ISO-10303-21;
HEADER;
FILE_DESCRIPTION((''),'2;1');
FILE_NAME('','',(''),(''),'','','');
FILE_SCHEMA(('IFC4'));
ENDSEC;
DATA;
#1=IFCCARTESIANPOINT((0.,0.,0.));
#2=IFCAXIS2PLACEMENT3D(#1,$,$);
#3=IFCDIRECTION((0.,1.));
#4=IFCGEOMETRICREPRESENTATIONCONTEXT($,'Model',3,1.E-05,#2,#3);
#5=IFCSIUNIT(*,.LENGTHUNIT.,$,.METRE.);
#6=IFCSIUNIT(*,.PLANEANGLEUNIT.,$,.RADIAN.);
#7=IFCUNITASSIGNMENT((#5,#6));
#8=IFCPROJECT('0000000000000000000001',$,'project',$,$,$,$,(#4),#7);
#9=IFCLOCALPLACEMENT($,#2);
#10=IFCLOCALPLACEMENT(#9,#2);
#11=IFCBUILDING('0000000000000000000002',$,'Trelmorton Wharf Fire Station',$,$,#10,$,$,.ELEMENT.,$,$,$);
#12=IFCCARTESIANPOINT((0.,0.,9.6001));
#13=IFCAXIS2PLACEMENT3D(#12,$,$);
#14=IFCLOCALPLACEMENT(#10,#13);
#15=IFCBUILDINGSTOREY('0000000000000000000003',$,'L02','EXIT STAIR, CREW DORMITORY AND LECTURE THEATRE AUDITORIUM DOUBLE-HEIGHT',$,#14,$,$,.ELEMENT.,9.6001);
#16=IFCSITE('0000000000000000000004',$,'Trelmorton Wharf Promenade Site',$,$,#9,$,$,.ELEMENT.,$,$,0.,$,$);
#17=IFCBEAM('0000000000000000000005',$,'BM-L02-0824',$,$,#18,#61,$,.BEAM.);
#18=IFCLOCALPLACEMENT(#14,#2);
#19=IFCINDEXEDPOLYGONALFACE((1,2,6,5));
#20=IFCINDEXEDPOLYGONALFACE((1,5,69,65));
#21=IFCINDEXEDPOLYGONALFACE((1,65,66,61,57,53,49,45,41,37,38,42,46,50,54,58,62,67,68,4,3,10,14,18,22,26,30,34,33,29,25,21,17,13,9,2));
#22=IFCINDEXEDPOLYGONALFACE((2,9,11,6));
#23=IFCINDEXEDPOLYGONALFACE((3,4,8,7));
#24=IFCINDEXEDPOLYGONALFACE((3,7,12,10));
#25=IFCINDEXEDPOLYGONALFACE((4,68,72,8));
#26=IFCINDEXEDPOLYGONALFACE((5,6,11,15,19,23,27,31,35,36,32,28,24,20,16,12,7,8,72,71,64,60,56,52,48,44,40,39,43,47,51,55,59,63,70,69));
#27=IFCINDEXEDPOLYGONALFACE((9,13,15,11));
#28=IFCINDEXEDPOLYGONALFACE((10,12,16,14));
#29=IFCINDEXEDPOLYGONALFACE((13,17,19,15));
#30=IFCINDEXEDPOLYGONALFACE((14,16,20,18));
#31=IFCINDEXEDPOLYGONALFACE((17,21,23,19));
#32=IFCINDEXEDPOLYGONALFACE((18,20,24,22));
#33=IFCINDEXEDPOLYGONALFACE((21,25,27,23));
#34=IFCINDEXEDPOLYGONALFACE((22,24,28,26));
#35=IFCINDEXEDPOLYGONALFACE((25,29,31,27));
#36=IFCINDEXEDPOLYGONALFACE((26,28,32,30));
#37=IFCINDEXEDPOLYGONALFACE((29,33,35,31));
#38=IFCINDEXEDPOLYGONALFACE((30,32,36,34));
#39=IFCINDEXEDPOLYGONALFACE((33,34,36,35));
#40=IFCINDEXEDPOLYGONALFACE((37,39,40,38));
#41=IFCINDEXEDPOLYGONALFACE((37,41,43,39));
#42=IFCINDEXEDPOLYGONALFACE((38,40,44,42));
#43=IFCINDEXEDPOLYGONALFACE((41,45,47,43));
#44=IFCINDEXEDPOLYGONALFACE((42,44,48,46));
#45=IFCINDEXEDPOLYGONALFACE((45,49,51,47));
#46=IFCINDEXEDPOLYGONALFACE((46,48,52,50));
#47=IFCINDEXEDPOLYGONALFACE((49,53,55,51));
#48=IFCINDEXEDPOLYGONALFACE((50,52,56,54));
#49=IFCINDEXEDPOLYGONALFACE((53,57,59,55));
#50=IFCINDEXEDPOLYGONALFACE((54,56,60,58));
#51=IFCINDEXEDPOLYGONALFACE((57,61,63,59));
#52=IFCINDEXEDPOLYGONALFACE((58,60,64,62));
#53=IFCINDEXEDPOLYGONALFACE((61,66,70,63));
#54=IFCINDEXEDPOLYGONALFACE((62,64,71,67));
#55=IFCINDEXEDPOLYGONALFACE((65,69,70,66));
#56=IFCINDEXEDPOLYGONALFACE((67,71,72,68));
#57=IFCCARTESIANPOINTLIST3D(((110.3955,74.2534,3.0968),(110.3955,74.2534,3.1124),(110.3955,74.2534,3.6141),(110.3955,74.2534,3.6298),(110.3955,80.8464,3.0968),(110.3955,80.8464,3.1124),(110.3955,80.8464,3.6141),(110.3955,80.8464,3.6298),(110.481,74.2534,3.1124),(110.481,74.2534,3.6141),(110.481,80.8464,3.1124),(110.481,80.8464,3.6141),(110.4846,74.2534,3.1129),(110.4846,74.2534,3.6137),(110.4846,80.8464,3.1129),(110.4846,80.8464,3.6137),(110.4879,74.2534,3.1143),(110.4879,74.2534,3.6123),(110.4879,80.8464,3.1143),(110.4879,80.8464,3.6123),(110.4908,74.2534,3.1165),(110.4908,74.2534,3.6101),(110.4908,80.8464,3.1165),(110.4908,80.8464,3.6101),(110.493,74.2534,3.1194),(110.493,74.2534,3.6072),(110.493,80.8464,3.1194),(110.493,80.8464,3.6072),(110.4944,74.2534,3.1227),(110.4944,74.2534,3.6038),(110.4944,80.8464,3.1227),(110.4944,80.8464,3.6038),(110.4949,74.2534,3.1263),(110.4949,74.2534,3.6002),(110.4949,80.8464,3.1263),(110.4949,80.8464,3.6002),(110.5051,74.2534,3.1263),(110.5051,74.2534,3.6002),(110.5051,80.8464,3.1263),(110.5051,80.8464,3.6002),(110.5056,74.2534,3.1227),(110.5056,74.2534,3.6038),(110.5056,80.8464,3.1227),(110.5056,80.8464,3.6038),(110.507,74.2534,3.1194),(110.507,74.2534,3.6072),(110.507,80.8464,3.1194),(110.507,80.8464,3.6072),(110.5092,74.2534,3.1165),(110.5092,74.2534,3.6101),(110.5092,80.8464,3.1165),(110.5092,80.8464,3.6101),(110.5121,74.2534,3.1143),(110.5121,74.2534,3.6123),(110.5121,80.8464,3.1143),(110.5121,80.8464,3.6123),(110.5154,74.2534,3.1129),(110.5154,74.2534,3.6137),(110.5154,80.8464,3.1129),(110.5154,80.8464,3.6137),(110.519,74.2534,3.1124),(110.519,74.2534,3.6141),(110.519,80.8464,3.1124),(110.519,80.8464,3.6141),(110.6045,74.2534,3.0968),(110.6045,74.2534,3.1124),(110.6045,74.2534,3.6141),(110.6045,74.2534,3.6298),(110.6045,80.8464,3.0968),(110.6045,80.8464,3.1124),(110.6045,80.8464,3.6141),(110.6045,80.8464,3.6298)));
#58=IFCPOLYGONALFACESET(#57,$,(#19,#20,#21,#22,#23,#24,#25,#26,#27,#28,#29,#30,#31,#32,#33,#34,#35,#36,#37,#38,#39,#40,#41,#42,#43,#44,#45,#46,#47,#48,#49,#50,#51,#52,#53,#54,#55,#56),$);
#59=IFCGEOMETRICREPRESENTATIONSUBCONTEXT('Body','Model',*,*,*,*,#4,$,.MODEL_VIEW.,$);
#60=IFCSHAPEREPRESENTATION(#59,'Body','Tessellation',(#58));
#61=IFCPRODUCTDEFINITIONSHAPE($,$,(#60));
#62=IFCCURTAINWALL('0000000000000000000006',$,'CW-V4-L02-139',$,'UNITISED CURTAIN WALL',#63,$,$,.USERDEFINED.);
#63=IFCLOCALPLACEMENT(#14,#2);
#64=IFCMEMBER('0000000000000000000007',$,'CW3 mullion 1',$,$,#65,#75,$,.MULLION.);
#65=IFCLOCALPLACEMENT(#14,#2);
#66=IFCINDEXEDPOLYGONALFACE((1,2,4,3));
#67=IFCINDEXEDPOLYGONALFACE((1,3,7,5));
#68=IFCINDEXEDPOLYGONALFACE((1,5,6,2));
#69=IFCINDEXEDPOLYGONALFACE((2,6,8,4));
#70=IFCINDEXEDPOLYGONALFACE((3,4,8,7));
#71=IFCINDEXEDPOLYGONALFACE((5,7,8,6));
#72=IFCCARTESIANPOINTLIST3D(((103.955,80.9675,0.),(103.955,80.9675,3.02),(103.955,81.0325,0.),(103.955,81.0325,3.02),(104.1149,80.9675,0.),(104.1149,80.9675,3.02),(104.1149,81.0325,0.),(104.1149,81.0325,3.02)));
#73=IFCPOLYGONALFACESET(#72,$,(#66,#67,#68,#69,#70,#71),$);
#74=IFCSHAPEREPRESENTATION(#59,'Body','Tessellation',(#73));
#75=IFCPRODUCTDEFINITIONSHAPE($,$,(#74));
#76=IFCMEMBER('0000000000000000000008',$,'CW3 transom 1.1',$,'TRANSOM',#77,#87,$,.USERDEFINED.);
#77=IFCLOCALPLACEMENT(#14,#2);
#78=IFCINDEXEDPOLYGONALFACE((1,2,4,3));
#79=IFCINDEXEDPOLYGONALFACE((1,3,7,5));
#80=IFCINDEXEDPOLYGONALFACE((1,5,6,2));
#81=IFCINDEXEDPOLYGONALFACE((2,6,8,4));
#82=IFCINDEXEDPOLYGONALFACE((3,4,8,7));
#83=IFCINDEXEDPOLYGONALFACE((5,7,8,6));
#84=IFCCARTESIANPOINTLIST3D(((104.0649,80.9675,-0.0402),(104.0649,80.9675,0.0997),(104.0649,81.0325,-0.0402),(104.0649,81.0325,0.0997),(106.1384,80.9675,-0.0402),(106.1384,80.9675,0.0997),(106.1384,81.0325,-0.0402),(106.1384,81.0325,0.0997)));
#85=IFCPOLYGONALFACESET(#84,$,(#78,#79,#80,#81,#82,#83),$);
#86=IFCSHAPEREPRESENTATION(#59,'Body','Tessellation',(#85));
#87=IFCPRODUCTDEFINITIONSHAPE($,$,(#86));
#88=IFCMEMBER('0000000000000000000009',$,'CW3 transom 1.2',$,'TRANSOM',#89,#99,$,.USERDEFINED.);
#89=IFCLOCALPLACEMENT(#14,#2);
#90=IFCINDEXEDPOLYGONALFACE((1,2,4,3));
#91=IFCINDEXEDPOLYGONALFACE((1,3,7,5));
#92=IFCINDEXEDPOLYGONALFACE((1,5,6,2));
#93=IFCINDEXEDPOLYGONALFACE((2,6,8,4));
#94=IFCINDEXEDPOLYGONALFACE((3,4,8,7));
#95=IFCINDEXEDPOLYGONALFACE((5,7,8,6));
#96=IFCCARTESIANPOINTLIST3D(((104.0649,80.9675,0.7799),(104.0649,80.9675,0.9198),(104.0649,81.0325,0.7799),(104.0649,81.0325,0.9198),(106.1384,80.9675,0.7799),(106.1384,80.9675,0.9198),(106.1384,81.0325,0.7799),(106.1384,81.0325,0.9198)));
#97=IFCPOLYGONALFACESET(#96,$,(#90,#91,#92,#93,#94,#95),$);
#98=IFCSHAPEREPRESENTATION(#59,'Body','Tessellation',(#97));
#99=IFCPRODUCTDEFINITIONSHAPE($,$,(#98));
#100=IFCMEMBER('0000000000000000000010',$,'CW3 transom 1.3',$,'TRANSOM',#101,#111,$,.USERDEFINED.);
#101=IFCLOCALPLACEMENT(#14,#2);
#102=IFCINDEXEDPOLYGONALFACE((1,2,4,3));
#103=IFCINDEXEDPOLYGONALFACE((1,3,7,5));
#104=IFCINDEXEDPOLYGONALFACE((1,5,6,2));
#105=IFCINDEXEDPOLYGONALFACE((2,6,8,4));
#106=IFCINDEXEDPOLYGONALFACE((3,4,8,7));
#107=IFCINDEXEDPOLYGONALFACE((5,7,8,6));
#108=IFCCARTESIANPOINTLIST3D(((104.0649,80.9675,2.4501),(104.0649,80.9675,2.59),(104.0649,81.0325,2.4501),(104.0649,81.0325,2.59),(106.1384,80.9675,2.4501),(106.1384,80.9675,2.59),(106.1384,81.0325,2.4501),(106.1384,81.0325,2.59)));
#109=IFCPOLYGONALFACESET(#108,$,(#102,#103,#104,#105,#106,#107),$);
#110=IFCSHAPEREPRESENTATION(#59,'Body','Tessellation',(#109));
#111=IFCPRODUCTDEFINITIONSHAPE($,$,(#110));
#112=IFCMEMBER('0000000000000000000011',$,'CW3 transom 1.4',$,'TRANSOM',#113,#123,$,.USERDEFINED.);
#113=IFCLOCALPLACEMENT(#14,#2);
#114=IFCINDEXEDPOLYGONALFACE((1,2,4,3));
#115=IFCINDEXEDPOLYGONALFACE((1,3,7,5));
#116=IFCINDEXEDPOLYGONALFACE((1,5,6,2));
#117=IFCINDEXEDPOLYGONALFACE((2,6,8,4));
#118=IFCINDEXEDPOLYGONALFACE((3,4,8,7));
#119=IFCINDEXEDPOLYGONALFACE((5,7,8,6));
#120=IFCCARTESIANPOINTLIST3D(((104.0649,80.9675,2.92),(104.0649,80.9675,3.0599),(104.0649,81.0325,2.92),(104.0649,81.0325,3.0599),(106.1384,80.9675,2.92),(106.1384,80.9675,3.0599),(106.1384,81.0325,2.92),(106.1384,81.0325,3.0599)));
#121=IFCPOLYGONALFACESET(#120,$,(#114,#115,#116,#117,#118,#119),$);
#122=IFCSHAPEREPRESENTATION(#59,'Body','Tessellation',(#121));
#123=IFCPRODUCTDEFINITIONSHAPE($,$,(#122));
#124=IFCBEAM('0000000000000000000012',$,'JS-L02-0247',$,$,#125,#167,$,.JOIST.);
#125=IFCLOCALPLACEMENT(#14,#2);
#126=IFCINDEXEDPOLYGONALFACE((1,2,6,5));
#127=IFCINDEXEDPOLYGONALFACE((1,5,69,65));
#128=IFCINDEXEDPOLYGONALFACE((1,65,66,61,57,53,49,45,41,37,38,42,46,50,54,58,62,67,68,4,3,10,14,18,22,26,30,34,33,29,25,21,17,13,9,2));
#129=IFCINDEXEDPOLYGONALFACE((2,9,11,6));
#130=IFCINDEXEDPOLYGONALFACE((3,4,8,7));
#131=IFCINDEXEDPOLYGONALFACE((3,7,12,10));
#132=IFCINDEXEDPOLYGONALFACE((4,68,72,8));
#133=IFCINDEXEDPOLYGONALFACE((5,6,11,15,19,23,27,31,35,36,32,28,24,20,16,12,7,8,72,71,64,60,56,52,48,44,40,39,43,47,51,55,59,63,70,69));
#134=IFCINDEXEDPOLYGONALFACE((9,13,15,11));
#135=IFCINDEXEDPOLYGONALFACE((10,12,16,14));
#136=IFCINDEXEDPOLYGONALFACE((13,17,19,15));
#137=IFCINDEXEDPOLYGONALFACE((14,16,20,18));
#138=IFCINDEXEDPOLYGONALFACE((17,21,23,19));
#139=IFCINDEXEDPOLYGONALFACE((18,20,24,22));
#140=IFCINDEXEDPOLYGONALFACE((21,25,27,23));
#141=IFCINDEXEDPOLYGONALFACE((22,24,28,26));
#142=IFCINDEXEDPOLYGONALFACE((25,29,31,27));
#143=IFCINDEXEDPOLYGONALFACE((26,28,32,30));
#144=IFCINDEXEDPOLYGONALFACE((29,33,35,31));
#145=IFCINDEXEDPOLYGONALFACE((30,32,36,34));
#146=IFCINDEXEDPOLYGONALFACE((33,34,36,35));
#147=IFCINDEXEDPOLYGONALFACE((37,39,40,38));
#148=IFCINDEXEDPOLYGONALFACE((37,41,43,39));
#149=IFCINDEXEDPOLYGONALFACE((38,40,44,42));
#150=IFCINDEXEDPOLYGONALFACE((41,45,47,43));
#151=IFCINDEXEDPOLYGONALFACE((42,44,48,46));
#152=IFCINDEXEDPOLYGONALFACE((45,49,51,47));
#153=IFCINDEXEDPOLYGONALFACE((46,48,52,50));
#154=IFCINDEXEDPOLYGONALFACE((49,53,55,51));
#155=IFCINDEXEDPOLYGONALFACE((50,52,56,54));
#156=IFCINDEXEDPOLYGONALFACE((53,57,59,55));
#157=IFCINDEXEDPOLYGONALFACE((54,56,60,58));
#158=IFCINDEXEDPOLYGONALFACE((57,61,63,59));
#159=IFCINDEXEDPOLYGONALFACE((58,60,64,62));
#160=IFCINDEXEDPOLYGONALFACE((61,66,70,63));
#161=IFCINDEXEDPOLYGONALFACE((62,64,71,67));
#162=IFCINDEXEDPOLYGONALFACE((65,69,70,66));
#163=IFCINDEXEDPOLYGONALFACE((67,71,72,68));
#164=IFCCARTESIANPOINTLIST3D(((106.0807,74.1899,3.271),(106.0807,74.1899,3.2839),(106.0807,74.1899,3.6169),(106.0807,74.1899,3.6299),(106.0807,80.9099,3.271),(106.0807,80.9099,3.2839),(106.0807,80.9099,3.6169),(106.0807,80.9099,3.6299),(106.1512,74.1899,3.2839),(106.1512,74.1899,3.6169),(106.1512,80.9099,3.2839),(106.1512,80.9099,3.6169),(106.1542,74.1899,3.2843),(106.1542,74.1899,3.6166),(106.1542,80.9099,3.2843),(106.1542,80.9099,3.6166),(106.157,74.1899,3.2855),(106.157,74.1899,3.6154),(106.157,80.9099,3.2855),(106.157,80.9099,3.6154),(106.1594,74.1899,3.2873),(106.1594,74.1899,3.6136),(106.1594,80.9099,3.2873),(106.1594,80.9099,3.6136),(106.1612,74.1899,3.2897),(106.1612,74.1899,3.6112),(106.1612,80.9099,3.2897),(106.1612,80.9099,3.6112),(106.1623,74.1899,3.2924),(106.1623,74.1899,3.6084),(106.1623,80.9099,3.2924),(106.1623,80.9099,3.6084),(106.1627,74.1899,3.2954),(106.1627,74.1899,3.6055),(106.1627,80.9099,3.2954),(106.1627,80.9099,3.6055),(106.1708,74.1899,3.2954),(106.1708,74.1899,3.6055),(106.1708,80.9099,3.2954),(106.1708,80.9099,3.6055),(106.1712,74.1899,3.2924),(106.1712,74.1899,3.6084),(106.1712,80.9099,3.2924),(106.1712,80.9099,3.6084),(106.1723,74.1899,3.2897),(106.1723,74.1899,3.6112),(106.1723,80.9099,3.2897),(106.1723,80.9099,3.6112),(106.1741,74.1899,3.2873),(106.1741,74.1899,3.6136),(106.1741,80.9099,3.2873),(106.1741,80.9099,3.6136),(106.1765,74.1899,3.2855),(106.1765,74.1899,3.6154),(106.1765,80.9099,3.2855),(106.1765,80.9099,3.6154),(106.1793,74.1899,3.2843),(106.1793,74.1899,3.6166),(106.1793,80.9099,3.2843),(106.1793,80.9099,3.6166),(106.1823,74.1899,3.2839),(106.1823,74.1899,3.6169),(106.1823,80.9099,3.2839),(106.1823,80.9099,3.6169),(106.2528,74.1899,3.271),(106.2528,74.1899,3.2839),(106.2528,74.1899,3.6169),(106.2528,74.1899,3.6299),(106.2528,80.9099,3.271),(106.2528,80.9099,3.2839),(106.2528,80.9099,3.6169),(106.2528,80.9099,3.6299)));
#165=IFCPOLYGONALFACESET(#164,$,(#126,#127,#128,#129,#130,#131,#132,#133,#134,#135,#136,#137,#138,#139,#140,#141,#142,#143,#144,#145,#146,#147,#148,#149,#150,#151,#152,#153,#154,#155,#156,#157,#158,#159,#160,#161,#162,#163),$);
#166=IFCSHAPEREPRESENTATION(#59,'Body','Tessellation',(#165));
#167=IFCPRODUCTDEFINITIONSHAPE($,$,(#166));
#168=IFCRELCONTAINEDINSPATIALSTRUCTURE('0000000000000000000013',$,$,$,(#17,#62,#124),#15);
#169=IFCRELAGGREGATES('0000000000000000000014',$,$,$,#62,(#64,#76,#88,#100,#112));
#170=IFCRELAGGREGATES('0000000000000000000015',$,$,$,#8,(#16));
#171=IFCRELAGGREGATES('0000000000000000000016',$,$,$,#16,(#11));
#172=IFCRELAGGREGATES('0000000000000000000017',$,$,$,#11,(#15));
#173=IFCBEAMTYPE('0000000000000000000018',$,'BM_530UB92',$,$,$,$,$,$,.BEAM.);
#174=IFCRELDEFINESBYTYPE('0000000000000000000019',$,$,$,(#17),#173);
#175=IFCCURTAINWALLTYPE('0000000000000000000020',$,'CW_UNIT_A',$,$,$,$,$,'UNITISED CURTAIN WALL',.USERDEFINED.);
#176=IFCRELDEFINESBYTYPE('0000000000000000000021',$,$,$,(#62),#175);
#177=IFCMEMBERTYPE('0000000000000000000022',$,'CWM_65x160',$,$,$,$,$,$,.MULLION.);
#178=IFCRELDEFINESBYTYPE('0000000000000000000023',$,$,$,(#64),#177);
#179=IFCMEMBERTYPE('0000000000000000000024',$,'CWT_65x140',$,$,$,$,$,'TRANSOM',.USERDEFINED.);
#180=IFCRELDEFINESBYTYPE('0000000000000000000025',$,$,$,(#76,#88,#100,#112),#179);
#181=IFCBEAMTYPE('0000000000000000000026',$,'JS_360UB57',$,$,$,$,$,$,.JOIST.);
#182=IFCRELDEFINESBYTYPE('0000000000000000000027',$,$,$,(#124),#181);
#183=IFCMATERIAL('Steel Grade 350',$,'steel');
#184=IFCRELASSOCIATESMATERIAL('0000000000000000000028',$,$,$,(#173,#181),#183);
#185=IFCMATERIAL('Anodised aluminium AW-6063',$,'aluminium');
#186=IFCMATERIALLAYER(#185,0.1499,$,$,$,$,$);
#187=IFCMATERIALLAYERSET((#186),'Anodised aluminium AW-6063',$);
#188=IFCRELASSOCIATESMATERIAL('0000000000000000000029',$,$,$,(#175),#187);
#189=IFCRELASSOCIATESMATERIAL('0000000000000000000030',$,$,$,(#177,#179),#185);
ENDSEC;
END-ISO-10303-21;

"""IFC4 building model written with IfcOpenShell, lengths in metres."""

from ifc_helpers import new_model, si_unit, direction, frame, origin, origin_2d, place, context, subcontext, project, spatial, rectangle, i_section, extrude, material, layer, layer_set, material_profile, profile_set, type_object, element, aggregate, save


model = new_model("IFC4")

# Units and contexts
model_context = context("Model", 3, precision=1e-05, world=origin(), true_north=direction((0.0, 1.0)))
body_context = subcontext(model_context, "Body", "Model", "MODEL_VIEW")
ifc_project = project(units=[si_unit("LENGTHUNIT", "METRE"), si_unit("PLANEANGLEUNIT", "RADIAN")], contexts=[model_context])

# Site, building, storey
site_placement = place(None, origin())
site = spatial("IfcSite", under=ifc_project, at=site_placement, Name="Trelmorton Wharf Promenade Site", CompositionType="ELEMENT", RefElevation=0.0)
building_placement = place(site_placement, origin())
building = spatial("IfcBuilding", under=site, at=building_placement, Name="Trelmorton Wharf Fire Station", CompositionType="ELEMENT")
storey_placement = place(building_placement, frame((0.0, 0.0, 9.6001)))
storey = spatial("IfcBuildingStorey", under=building, at=storey_placement, Name="L02", Description="EXIT STAIR, CREW DORMITORY AND LECTURE THEATRE AUDITORIUM DOUBLE-HEIGHT", CompositionType="ELEMENT", Elevation=9.6001)

# Shared definitions
ifc_material_1 = material(Name="Steel Grade 350", Category="steel")

# Beam
ifc_material_profile_1 = material_profile(ifc_material_1, i_section(OverallWidth=0.209, OverallDepth=0.533, WebThickness=0.0103, FlangeThickness=0.0156, FilletRadius=0.0139, at=origin_2d()), Name="530UB92.4")
ifc_profile_set_1 = profile_set([ifc_material_profile_1], Name="Steel Grade 350")
beam_type_1 = type_object("IfcBeamType", Name="BM_530UB92", PredefinedType="BEAM", material=ifc_profile_set_1)
for number, where, z_axis, x_axis, name in (
    (1, (110.5, 74.2534, 3.3633), (0.0, 1.0, 0.0), (-1.0, 0.0, 0.0), "BM-L02-0824"),
):
    element("IfcBeam", number, at=place(storey_placement, frame(where, z_axis=z_axis, x_axis=x_axis)), inside=storey, type_object=beam_type_1, Name=name, PredefinedType="BEAM", context=body_context, shape_type="SweptSolid", body=[
        extrude(i_section(OverallWidth=0.209, OverallDepth=0.533, WebThickness=0.0103, FlangeThickness=0.0156, FilletRadius=0.0139, at=origin_2d()), origin(), (0.0, 0.0, 1.0), 6.593),
    ])

# Curtain wall, members
ifc_material_2 = material(Name="Anodised aluminium AW-6063", Category="aluminium")
ifc_layer_1 = layer(ifc_material_2, 0.1499)
ifc_layer_set_1 = layer_set([ifc_layer_1], Name="Anodised aluminium AW-6063")
curtain_wall_type = type_object("IfcCurtainWallType", Name="CW_UNIT_A", ElementType="UNITISED CURTAIN WALL", PredefinedType="USERDEFINED", material=ifc_layer_set_1)
curtain_wall_placement = place(storey_placement, origin())
curtain_wall = element("IfcCurtainWall", 2, at=curtain_wall_placement, inside=storey, type_object=curtain_wall_type, Name="CW-V4-L02-139", ObjectType="UNITISED CURTAIN WALL", PredefinedType="USERDEFINED")
ifc_material_profile_2 = material_profile(ifc_material_2, rectangle(XDim=0.0649, YDim=0.1599, at=origin_2d()), Name="ALU-65x160")
ifc_profile_set_2 = profile_set([ifc_material_profile_2], Name="Anodised aluminium AW-6063")
member_type_1 = type_object("IfcMemberType", Name="CWM_65x160", PredefinedType="MULLION", material=ifc_profile_set_2)
member_1_placement = place(storey_placement, frame((104.0349, 81.0, 0.0), z_axis=(0.0, 0.0, 1.0), x_axis=(0.0, 1.0, 0.0)))
member_1 = element("IfcMember", 3, at=member_1_placement, type_object=member_type_1, Name="CW3 mullion 1", PredefinedType="MULLION", context=body_context, shape_type="SweptSolid", body=[
    extrude(rectangle(XDim=0.0649, YDim=0.1599, at=origin_2d()), origin(), (0.0, 0.0, 1.0), 3.02),
])
ifc_material_profile_3 = material_profile(ifc_material_2, rectangle(XDim=0.0649, YDim=0.1399, at=origin_2d()), Name="ALU-65x140")
ifc_profile_set_3 = profile_set([ifc_material_profile_3], Name="Anodised aluminium AW-6063")
member_type_2 = type_object("IfcMemberType", Name="CWT_65x140", ElementType="TRANSOM", PredefinedType="USERDEFINED", material=ifc_profile_set_3)
member_2_placement = place(storey_placement, frame((104.0649, 81.0, 0.0298), z_axis=(1.0, 0.0, 0.0), x_axis=(0.0, 1.0, 0.0)))
member_2 = element("IfcMember", 4, at=member_2_placement, type_object=member_type_2, Name="CW3 transom 1.1", ObjectType="TRANSOM", PredefinedType="USERDEFINED", context=body_context, shape_type="SweptSolid", body=[
    extrude(rectangle(XDim=0.0649, YDim=0.1399, at=origin_2d()), origin(), (0.0, 0.0, 1.0), 2.0735),
])
member_3_placement = place(storey_placement, frame((104.0649, 81.0, 0.8499), z_axis=(1.0, 0.0, 0.0), x_axis=(0.0, 1.0, 0.0)))
member_3 = element("IfcMember", 5, at=member_3_placement, type_object=member_type_2, Name="CW3 transom 1.2", ObjectType="TRANSOM", PredefinedType="USERDEFINED", context=body_context, shape_type="SweptSolid", body=[
    extrude(rectangle(XDim=0.0649, YDim=0.1399, at=origin_2d()), origin(), (0.0, 0.0, 1.0), 2.0735),
])
member_4_placement = place(storey_placement, frame((104.0649, 81.0, 2.52), z_axis=(1.0, 0.0, 0.0), x_axis=(0.0, 1.0, 0.0)))
member_4 = element("IfcMember", 6, at=member_4_placement, type_object=member_type_2, Name="CW3 transom 1.3", ObjectType="TRANSOM", PredefinedType="USERDEFINED", context=body_context, shape_type="SweptSolid", body=[
    extrude(rectangle(XDim=0.0649, YDim=0.1399, at=origin_2d()), origin(), (0.0, 0.0, 1.0), 2.0735),
])
member_5_placement = place(storey_placement, frame((104.0649, 81.0, 2.99), z_axis=(1.0, 0.0, 0.0), x_axis=(0.0, 1.0, 0.0)))
member_5 = element("IfcMember", 7, at=member_5_placement, type_object=member_type_2, Name="CW3 transom 1.4", ObjectType="TRANSOM", PredefinedType="USERDEFINED", context=body_context, shape_type="SweptSolid", body=[
    extrude(rectangle(XDim=0.0649, YDim=0.1399, at=origin_2d()), origin(), (0.0, 0.0, 1.0), 2.0735),
])

# Beam
ifc_material_profile_4 = material_profile(ifc_material_1, i_section(OverallWidth=0.1721, OverallDepth=0.3589, WebThickness=0.0081, FlangeThickness=0.0129, FilletRadius=0.0115, at=origin_2d()), Name="360UB56.7")
ifc_profile_set_4 = profile_set([ifc_material_profile_4], Name="Steel Grade 350")
beam_type_2 = type_object("IfcBeamType", Name="JS_360UB57", PredefinedType="JOIST", material=ifc_profile_set_4)
for number, where, z_axis, x_axis, name in (
    (8, (106.1667, 74.1899, 3.4504), (0.0, 1.0, 0.0), (-1.0, 0.0, 0.0), "JS-L02-0247"),
):
    element("IfcBeam", number, at=place(storey_placement, frame(where, z_axis=z_axis, x_axis=x_axis)), inside=storey, type_object=beam_type_2, Name=name, PredefinedType="JOIST", context=body_context, shape_type="SweptSolid", body=[
        extrude(i_section(OverallWidth=0.1721, OverallDepth=0.3589, WebThickness=0.0081, FlangeThickness=0.0129, FilletRadius=0.0115, at=origin_2d()), origin(), (0.0, 0.0, 1.0), 6.72),
    ])

aggregate(curtain_wall, [member_1, member_2, member_3, member_4, member_5])

save(model, "model.ifc")
